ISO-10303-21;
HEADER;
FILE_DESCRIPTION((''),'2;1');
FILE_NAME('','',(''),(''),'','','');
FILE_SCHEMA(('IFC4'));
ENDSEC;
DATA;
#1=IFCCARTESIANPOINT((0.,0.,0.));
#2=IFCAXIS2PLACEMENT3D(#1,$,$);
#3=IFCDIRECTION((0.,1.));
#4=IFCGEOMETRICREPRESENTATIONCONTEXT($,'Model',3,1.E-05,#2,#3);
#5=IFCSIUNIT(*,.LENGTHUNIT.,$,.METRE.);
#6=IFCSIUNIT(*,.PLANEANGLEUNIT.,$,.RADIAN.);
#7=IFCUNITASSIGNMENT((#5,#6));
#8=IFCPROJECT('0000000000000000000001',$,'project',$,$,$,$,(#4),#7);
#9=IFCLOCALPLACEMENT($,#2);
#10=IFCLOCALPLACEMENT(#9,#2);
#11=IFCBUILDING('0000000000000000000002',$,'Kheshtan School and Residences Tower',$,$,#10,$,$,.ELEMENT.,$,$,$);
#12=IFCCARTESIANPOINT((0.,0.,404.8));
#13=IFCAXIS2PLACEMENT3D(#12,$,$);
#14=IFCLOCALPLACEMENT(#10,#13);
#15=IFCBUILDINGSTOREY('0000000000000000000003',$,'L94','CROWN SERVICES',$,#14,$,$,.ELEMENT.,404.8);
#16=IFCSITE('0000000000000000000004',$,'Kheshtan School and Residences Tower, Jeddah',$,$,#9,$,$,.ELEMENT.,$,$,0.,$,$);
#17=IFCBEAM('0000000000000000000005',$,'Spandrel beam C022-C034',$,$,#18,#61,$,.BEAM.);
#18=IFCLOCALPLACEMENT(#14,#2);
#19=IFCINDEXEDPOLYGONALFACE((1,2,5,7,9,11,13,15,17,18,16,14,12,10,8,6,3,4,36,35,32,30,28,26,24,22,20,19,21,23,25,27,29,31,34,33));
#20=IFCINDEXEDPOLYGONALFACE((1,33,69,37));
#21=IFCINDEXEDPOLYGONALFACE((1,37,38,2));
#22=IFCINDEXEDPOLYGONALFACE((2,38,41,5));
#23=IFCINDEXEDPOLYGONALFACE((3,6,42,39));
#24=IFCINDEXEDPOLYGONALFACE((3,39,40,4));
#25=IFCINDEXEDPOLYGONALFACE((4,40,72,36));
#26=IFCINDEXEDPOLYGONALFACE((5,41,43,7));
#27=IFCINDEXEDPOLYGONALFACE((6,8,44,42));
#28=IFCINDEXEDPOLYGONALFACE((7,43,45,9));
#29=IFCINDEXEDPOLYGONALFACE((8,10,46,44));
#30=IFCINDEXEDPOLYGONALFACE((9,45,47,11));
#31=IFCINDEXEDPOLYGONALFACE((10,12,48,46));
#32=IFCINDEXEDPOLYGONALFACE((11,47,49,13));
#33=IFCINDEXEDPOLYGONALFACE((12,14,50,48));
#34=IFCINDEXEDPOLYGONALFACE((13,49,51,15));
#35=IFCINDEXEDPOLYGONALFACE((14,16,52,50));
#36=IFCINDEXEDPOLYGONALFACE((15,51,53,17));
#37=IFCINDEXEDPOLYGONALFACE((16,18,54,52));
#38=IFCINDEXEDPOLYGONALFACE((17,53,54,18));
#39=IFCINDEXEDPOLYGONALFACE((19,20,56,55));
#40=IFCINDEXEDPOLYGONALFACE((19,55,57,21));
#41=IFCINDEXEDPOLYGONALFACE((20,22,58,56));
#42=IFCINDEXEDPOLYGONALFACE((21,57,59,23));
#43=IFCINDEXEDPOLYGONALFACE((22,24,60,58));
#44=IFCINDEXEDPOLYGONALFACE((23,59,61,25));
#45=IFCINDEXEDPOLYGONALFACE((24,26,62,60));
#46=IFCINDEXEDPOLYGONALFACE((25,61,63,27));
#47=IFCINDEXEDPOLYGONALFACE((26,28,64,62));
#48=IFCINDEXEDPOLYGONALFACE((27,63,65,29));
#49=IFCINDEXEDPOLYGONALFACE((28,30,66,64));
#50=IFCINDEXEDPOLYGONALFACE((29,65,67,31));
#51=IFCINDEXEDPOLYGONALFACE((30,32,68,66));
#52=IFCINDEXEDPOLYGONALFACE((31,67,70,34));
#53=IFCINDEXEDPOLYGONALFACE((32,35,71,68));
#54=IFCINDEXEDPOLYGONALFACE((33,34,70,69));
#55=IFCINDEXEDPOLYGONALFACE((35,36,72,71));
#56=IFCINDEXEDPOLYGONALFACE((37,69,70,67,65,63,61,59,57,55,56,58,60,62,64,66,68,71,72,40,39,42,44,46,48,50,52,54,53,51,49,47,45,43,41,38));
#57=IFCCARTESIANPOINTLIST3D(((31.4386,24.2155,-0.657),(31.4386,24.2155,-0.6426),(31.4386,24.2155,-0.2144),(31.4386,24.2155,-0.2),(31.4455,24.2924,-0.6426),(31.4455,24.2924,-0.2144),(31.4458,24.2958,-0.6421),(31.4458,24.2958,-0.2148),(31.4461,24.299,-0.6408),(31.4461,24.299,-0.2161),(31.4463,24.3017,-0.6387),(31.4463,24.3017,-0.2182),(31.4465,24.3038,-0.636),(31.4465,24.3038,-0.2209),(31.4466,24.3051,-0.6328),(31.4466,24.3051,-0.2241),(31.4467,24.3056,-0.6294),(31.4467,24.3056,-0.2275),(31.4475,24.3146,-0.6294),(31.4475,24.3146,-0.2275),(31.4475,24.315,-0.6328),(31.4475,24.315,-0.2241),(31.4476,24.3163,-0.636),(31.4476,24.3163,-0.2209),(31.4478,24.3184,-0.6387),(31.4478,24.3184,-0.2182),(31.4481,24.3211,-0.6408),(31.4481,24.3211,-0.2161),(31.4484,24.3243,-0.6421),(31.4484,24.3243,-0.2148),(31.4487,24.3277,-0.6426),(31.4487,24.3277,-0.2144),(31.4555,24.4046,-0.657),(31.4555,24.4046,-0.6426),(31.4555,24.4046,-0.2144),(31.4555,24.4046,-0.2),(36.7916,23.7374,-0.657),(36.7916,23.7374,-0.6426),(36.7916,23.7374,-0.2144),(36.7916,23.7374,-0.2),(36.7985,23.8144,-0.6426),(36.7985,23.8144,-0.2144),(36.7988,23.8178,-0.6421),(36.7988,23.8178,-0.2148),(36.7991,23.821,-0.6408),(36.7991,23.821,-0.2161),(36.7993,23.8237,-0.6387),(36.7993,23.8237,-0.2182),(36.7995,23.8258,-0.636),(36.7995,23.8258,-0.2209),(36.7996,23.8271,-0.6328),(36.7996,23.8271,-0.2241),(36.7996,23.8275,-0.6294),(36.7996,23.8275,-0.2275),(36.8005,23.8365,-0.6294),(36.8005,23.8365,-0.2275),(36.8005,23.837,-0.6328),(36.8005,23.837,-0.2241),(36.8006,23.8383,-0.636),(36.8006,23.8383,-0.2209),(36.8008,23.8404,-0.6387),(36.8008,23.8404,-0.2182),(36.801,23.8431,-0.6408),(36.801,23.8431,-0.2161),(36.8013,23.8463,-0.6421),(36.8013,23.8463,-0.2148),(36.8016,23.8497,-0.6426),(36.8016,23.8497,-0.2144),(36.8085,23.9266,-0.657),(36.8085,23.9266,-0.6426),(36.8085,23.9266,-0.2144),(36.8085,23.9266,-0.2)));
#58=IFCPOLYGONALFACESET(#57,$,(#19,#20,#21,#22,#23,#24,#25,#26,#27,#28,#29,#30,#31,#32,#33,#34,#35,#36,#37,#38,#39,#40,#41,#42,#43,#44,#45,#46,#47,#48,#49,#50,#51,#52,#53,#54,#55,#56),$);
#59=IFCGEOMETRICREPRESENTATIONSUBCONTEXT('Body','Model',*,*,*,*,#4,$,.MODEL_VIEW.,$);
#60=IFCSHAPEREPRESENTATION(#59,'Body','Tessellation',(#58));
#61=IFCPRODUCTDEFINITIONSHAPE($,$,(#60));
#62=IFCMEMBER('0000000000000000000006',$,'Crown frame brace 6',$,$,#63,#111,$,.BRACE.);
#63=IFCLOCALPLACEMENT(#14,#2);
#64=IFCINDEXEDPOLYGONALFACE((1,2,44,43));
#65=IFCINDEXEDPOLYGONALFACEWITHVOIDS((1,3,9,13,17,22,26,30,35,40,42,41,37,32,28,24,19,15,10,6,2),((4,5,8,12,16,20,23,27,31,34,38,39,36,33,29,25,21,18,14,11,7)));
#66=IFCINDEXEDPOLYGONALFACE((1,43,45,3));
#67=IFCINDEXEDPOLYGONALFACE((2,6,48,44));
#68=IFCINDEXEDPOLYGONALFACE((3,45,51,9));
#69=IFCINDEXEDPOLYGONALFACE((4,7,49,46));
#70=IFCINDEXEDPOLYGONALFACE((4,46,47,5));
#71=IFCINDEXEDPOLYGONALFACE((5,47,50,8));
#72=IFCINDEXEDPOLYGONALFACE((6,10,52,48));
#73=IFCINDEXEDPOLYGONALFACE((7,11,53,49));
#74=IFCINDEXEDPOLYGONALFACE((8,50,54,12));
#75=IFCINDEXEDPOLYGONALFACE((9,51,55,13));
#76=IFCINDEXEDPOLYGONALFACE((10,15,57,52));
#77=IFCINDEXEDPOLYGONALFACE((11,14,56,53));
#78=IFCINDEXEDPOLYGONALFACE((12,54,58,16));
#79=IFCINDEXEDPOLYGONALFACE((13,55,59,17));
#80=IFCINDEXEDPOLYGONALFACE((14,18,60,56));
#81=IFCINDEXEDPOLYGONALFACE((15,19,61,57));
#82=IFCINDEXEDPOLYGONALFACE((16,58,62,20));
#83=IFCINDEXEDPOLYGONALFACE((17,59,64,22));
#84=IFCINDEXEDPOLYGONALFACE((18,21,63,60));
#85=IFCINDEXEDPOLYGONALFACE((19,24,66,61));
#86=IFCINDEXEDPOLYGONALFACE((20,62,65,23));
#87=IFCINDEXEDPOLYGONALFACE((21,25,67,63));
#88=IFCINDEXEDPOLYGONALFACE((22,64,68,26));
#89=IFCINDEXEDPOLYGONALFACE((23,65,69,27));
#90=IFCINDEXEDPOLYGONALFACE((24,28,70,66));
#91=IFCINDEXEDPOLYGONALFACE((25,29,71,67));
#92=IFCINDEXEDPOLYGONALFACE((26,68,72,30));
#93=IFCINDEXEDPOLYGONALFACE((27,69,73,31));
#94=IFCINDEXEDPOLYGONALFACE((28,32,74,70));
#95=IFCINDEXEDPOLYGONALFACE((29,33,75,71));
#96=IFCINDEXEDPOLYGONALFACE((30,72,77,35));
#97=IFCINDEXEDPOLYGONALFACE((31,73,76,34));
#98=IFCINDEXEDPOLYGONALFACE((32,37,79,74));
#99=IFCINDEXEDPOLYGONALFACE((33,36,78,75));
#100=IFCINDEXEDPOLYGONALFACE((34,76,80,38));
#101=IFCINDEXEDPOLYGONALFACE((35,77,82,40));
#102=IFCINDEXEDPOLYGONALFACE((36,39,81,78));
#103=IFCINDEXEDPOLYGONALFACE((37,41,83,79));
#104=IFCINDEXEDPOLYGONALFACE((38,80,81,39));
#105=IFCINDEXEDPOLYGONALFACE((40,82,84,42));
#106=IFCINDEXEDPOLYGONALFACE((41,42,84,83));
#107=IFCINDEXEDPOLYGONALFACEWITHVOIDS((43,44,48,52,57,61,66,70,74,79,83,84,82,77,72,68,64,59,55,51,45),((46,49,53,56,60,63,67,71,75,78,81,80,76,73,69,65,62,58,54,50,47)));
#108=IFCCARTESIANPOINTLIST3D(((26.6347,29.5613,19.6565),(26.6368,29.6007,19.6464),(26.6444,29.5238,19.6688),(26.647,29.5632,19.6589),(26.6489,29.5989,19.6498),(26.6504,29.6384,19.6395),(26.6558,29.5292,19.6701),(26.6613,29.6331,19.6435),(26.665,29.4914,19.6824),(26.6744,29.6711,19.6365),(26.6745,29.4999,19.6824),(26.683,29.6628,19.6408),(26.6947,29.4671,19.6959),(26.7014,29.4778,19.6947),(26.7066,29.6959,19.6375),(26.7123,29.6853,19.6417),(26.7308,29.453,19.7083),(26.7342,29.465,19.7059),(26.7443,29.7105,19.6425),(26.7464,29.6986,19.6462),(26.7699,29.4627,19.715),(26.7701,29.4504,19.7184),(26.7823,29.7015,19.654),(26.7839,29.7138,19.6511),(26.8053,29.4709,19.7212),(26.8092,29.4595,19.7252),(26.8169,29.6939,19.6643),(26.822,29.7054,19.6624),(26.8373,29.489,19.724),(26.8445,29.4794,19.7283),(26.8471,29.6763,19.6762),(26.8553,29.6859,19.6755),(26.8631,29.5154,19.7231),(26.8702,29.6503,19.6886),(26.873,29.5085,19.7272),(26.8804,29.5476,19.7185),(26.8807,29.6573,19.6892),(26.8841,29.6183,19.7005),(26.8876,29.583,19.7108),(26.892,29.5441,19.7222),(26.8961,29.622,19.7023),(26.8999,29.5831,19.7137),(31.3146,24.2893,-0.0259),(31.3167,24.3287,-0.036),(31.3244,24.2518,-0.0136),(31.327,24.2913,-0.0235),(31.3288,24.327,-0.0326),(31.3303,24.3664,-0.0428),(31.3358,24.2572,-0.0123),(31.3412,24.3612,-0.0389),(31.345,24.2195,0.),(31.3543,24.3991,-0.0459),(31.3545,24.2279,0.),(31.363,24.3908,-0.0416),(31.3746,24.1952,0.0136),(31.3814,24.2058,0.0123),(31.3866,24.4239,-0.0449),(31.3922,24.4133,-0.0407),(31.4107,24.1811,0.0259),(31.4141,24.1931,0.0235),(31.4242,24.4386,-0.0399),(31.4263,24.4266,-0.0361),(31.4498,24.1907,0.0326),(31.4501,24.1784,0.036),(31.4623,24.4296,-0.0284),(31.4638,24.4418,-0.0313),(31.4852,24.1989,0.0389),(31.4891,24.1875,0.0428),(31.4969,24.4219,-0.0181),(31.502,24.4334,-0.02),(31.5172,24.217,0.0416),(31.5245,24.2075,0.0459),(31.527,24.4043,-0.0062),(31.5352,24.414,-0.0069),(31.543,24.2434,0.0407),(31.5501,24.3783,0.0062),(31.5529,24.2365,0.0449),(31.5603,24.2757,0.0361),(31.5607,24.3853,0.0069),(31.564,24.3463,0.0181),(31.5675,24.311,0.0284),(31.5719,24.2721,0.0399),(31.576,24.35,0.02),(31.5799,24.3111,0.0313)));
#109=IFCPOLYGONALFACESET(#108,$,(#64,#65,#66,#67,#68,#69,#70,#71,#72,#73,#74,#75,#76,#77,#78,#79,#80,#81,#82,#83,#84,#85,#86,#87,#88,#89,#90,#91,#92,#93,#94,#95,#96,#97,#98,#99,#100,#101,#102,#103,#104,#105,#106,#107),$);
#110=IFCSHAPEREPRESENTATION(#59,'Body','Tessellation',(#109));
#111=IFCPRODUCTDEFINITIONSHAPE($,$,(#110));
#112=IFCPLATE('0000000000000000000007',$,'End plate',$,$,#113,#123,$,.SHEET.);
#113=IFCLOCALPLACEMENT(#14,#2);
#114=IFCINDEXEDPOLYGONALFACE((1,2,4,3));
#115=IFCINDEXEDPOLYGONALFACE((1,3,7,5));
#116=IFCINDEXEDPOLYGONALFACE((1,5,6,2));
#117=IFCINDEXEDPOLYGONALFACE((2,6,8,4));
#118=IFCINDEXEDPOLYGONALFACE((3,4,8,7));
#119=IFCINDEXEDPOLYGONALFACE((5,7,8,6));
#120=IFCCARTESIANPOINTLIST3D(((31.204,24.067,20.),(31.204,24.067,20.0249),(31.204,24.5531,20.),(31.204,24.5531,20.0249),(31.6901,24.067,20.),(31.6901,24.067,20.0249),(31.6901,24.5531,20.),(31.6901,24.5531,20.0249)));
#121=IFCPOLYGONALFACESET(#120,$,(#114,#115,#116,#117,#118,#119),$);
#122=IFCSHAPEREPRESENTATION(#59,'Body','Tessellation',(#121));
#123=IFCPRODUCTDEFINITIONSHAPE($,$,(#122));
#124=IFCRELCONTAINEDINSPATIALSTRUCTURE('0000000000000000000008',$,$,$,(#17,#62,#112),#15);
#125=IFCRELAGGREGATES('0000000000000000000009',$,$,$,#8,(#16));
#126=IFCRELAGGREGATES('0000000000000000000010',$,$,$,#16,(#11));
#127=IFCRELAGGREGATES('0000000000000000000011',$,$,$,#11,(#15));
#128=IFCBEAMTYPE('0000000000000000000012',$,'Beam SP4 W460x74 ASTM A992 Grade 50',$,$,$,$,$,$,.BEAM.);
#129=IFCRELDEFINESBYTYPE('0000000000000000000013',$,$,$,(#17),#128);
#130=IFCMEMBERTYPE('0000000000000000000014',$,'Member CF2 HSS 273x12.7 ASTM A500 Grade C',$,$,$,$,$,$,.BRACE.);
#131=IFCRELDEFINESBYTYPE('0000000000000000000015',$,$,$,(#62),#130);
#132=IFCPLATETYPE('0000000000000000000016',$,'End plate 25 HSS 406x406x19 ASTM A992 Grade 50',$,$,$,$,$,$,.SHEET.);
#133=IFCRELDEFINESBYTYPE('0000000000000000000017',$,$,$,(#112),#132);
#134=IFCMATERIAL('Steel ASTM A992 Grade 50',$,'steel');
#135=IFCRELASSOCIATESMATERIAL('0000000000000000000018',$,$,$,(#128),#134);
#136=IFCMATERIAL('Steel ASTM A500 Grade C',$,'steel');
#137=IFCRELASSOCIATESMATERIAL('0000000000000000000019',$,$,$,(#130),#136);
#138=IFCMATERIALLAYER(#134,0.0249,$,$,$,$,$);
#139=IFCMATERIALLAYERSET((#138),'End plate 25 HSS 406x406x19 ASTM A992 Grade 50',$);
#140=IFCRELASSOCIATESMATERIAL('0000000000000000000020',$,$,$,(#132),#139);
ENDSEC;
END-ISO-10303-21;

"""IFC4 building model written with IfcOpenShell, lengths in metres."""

from ifc_helpers import new_model, si_unit, direction, frame, origin, origin_2d, place, context, subcontext, project, spatial, rectangle, hollow_circle, i_section, extrude, material, layer, layer_set, material_profile, profile_set, type_object, element, save


model = new_model("IFC4")

# Units and contexts
model_context = context("Model", 3, precision=1e-05, world=origin(), true_north=direction((0.0, 1.0)))
body_context = subcontext(model_context, "Body", "Model", "MODEL_VIEW")
ifc_project = project(units=[si_unit("LENGTHUNIT", "METRE"), si_unit("PLANEANGLEUNIT", "RADIAN")], contexts=[model_context])

# Site, building, storey
site_placement = place(None, origin())
site = spatial("IfcSite", under=ifc_project, at=site_placement, Name="Kheshtan School and Residences Tower, Jeddah", CompositionType="ELEMENT", RefElevation=0.0)
building_placement = place(site_placement, origin())
building = spatial("IfcBuilding", under=site, at=building_placement, Name="Kheshtan School and Residences Tower", CompositionType="ELEMENT")
storey_placement = place(building_placement, frame((0.0, 0.0, 404.8)))
storey = spatial("IfcBuildingStorey", under=building, at=storey_placement, Name="L94", Description="CROWN SERVICES", CompositionType="ELEMENT", Elevation=404.8)

# Shared definitions
ifc_material_1 = material(Name="Steel ASTM A500 Grade C", Category="steel")

# Beam
ifc_material_2 = material(Name="Steel ASTM A992 Grade 50", Category="steel")
ifc_material_profile_1 = material_profile(ifc_material_2, i_section(OverallWidth=0.1899, OverallDepth=0.457, WebThickness=0.009, FlangeThickness=0.0144, FilletRadius=0.0132, at=origin_2d()), Name="W460x74")
ifc_profile_set_1 = profile_set([ifc_material_profile_1], Name="Steel ASTM A992 Grade 50")
beam_type_1 = type_object("IfcBeamType", Name="Beam SP4 W460x74 ASTM A992 Grade 50", PredefinedType="BEAM", material=ifc_profile_set_1)
beam_1_placement = place(storey_placement, frame((36.8, 23.832, -0.4285), z_axis=(-0.996036, 0.088946, 0.0), x_axis=(-0.088946, -0.996036, 0.0)))
element("IfcBeam", 1, at=beam_1_placement, inside=storey, type_object=beam_type_1, Name="Spandrel beam C022-C034", PredefinedType="BEAM", context=body_context, shape_type="SweptSolid", body=[
    extrude(i_section(OverallWidth=0.1899, OverallDepth=0.457, WebThickness=0.009, FlangeThickness=0.0144, FilletRadius=0.0132, at=origin_2d()), origin(), (0.0, 0.0, 1.0), 5.3743),
])

# Member
ifc_material_profile_2 = material_profile(ifc_material_1, hollow_circle(Radius=0.1365, WallThickness=0.0127, at=origin_2d()), Name="HSS 273x12.7")
ifc_profile_set_2 = profile_set([ifc_material_profile_2], Name="Steel ASTM A500 Grade C")
member_type = type_object("IfcMemberType", Name="Member CF2 HSS 273x12.7 ASTM A500 Grade C", PredefinedType="BRACE", material=ifc_profile_set_2)
member_placement = place(storey_placement, frame((31.447, 24.3101, 0.0), z_axis=(-0.223848, 0.252166, 0.941437), x_axis=(-0.747851, -0.663867, 0.0)))
element("IfcMember", 2, at=member_placement, inside=storey, type_object=member_type, Name="Crown frame brace 6", PredefinedType="BRACE", context=body_context, shape_type="SweptSolid", body=[
    extrude(hollow_circle(Radius=0.1365, WallThickness=0.0127, at=origin_2d()), origin(), (0.0, 0.0, 1.0), 20.9067),
])

# Plate
ifc_layer_1 = layer(ifc_material_2, 0.0249)
ifc_layer_set_1 = layer_set([ifc_layer_1], Name="End plate 25 HSS 406x406x19 ASTM A992 Grade 50")
plate_type = type_object("IfcPlateType", Name="End plate 25 HSS 406x406x19 ASTM A992 Grade 50", PredefinedType="SHEET", material=ifc_layer_set_1)
plate_placement = place(storey_placement, frame((31.447, 24.3101, 20.0), z_axis=(0.0, 0.0, 1.0), x_axis=(1.0, 0.0, 0.0)))
element("IfcPlate", 3, at=plate_placement, inside=storey, type_object=plate_type, Name="End plate", PredefinedType="SHEET", context=body_context, shape_type="SweptSolid", body=[
    extrude(rectangle(XDim=0.4861, YDim=0.4861, at=origin_2d()), origin(), (0.0, 0.0, 1.0), 0.0249),
])

save(model, "model.ifc")
